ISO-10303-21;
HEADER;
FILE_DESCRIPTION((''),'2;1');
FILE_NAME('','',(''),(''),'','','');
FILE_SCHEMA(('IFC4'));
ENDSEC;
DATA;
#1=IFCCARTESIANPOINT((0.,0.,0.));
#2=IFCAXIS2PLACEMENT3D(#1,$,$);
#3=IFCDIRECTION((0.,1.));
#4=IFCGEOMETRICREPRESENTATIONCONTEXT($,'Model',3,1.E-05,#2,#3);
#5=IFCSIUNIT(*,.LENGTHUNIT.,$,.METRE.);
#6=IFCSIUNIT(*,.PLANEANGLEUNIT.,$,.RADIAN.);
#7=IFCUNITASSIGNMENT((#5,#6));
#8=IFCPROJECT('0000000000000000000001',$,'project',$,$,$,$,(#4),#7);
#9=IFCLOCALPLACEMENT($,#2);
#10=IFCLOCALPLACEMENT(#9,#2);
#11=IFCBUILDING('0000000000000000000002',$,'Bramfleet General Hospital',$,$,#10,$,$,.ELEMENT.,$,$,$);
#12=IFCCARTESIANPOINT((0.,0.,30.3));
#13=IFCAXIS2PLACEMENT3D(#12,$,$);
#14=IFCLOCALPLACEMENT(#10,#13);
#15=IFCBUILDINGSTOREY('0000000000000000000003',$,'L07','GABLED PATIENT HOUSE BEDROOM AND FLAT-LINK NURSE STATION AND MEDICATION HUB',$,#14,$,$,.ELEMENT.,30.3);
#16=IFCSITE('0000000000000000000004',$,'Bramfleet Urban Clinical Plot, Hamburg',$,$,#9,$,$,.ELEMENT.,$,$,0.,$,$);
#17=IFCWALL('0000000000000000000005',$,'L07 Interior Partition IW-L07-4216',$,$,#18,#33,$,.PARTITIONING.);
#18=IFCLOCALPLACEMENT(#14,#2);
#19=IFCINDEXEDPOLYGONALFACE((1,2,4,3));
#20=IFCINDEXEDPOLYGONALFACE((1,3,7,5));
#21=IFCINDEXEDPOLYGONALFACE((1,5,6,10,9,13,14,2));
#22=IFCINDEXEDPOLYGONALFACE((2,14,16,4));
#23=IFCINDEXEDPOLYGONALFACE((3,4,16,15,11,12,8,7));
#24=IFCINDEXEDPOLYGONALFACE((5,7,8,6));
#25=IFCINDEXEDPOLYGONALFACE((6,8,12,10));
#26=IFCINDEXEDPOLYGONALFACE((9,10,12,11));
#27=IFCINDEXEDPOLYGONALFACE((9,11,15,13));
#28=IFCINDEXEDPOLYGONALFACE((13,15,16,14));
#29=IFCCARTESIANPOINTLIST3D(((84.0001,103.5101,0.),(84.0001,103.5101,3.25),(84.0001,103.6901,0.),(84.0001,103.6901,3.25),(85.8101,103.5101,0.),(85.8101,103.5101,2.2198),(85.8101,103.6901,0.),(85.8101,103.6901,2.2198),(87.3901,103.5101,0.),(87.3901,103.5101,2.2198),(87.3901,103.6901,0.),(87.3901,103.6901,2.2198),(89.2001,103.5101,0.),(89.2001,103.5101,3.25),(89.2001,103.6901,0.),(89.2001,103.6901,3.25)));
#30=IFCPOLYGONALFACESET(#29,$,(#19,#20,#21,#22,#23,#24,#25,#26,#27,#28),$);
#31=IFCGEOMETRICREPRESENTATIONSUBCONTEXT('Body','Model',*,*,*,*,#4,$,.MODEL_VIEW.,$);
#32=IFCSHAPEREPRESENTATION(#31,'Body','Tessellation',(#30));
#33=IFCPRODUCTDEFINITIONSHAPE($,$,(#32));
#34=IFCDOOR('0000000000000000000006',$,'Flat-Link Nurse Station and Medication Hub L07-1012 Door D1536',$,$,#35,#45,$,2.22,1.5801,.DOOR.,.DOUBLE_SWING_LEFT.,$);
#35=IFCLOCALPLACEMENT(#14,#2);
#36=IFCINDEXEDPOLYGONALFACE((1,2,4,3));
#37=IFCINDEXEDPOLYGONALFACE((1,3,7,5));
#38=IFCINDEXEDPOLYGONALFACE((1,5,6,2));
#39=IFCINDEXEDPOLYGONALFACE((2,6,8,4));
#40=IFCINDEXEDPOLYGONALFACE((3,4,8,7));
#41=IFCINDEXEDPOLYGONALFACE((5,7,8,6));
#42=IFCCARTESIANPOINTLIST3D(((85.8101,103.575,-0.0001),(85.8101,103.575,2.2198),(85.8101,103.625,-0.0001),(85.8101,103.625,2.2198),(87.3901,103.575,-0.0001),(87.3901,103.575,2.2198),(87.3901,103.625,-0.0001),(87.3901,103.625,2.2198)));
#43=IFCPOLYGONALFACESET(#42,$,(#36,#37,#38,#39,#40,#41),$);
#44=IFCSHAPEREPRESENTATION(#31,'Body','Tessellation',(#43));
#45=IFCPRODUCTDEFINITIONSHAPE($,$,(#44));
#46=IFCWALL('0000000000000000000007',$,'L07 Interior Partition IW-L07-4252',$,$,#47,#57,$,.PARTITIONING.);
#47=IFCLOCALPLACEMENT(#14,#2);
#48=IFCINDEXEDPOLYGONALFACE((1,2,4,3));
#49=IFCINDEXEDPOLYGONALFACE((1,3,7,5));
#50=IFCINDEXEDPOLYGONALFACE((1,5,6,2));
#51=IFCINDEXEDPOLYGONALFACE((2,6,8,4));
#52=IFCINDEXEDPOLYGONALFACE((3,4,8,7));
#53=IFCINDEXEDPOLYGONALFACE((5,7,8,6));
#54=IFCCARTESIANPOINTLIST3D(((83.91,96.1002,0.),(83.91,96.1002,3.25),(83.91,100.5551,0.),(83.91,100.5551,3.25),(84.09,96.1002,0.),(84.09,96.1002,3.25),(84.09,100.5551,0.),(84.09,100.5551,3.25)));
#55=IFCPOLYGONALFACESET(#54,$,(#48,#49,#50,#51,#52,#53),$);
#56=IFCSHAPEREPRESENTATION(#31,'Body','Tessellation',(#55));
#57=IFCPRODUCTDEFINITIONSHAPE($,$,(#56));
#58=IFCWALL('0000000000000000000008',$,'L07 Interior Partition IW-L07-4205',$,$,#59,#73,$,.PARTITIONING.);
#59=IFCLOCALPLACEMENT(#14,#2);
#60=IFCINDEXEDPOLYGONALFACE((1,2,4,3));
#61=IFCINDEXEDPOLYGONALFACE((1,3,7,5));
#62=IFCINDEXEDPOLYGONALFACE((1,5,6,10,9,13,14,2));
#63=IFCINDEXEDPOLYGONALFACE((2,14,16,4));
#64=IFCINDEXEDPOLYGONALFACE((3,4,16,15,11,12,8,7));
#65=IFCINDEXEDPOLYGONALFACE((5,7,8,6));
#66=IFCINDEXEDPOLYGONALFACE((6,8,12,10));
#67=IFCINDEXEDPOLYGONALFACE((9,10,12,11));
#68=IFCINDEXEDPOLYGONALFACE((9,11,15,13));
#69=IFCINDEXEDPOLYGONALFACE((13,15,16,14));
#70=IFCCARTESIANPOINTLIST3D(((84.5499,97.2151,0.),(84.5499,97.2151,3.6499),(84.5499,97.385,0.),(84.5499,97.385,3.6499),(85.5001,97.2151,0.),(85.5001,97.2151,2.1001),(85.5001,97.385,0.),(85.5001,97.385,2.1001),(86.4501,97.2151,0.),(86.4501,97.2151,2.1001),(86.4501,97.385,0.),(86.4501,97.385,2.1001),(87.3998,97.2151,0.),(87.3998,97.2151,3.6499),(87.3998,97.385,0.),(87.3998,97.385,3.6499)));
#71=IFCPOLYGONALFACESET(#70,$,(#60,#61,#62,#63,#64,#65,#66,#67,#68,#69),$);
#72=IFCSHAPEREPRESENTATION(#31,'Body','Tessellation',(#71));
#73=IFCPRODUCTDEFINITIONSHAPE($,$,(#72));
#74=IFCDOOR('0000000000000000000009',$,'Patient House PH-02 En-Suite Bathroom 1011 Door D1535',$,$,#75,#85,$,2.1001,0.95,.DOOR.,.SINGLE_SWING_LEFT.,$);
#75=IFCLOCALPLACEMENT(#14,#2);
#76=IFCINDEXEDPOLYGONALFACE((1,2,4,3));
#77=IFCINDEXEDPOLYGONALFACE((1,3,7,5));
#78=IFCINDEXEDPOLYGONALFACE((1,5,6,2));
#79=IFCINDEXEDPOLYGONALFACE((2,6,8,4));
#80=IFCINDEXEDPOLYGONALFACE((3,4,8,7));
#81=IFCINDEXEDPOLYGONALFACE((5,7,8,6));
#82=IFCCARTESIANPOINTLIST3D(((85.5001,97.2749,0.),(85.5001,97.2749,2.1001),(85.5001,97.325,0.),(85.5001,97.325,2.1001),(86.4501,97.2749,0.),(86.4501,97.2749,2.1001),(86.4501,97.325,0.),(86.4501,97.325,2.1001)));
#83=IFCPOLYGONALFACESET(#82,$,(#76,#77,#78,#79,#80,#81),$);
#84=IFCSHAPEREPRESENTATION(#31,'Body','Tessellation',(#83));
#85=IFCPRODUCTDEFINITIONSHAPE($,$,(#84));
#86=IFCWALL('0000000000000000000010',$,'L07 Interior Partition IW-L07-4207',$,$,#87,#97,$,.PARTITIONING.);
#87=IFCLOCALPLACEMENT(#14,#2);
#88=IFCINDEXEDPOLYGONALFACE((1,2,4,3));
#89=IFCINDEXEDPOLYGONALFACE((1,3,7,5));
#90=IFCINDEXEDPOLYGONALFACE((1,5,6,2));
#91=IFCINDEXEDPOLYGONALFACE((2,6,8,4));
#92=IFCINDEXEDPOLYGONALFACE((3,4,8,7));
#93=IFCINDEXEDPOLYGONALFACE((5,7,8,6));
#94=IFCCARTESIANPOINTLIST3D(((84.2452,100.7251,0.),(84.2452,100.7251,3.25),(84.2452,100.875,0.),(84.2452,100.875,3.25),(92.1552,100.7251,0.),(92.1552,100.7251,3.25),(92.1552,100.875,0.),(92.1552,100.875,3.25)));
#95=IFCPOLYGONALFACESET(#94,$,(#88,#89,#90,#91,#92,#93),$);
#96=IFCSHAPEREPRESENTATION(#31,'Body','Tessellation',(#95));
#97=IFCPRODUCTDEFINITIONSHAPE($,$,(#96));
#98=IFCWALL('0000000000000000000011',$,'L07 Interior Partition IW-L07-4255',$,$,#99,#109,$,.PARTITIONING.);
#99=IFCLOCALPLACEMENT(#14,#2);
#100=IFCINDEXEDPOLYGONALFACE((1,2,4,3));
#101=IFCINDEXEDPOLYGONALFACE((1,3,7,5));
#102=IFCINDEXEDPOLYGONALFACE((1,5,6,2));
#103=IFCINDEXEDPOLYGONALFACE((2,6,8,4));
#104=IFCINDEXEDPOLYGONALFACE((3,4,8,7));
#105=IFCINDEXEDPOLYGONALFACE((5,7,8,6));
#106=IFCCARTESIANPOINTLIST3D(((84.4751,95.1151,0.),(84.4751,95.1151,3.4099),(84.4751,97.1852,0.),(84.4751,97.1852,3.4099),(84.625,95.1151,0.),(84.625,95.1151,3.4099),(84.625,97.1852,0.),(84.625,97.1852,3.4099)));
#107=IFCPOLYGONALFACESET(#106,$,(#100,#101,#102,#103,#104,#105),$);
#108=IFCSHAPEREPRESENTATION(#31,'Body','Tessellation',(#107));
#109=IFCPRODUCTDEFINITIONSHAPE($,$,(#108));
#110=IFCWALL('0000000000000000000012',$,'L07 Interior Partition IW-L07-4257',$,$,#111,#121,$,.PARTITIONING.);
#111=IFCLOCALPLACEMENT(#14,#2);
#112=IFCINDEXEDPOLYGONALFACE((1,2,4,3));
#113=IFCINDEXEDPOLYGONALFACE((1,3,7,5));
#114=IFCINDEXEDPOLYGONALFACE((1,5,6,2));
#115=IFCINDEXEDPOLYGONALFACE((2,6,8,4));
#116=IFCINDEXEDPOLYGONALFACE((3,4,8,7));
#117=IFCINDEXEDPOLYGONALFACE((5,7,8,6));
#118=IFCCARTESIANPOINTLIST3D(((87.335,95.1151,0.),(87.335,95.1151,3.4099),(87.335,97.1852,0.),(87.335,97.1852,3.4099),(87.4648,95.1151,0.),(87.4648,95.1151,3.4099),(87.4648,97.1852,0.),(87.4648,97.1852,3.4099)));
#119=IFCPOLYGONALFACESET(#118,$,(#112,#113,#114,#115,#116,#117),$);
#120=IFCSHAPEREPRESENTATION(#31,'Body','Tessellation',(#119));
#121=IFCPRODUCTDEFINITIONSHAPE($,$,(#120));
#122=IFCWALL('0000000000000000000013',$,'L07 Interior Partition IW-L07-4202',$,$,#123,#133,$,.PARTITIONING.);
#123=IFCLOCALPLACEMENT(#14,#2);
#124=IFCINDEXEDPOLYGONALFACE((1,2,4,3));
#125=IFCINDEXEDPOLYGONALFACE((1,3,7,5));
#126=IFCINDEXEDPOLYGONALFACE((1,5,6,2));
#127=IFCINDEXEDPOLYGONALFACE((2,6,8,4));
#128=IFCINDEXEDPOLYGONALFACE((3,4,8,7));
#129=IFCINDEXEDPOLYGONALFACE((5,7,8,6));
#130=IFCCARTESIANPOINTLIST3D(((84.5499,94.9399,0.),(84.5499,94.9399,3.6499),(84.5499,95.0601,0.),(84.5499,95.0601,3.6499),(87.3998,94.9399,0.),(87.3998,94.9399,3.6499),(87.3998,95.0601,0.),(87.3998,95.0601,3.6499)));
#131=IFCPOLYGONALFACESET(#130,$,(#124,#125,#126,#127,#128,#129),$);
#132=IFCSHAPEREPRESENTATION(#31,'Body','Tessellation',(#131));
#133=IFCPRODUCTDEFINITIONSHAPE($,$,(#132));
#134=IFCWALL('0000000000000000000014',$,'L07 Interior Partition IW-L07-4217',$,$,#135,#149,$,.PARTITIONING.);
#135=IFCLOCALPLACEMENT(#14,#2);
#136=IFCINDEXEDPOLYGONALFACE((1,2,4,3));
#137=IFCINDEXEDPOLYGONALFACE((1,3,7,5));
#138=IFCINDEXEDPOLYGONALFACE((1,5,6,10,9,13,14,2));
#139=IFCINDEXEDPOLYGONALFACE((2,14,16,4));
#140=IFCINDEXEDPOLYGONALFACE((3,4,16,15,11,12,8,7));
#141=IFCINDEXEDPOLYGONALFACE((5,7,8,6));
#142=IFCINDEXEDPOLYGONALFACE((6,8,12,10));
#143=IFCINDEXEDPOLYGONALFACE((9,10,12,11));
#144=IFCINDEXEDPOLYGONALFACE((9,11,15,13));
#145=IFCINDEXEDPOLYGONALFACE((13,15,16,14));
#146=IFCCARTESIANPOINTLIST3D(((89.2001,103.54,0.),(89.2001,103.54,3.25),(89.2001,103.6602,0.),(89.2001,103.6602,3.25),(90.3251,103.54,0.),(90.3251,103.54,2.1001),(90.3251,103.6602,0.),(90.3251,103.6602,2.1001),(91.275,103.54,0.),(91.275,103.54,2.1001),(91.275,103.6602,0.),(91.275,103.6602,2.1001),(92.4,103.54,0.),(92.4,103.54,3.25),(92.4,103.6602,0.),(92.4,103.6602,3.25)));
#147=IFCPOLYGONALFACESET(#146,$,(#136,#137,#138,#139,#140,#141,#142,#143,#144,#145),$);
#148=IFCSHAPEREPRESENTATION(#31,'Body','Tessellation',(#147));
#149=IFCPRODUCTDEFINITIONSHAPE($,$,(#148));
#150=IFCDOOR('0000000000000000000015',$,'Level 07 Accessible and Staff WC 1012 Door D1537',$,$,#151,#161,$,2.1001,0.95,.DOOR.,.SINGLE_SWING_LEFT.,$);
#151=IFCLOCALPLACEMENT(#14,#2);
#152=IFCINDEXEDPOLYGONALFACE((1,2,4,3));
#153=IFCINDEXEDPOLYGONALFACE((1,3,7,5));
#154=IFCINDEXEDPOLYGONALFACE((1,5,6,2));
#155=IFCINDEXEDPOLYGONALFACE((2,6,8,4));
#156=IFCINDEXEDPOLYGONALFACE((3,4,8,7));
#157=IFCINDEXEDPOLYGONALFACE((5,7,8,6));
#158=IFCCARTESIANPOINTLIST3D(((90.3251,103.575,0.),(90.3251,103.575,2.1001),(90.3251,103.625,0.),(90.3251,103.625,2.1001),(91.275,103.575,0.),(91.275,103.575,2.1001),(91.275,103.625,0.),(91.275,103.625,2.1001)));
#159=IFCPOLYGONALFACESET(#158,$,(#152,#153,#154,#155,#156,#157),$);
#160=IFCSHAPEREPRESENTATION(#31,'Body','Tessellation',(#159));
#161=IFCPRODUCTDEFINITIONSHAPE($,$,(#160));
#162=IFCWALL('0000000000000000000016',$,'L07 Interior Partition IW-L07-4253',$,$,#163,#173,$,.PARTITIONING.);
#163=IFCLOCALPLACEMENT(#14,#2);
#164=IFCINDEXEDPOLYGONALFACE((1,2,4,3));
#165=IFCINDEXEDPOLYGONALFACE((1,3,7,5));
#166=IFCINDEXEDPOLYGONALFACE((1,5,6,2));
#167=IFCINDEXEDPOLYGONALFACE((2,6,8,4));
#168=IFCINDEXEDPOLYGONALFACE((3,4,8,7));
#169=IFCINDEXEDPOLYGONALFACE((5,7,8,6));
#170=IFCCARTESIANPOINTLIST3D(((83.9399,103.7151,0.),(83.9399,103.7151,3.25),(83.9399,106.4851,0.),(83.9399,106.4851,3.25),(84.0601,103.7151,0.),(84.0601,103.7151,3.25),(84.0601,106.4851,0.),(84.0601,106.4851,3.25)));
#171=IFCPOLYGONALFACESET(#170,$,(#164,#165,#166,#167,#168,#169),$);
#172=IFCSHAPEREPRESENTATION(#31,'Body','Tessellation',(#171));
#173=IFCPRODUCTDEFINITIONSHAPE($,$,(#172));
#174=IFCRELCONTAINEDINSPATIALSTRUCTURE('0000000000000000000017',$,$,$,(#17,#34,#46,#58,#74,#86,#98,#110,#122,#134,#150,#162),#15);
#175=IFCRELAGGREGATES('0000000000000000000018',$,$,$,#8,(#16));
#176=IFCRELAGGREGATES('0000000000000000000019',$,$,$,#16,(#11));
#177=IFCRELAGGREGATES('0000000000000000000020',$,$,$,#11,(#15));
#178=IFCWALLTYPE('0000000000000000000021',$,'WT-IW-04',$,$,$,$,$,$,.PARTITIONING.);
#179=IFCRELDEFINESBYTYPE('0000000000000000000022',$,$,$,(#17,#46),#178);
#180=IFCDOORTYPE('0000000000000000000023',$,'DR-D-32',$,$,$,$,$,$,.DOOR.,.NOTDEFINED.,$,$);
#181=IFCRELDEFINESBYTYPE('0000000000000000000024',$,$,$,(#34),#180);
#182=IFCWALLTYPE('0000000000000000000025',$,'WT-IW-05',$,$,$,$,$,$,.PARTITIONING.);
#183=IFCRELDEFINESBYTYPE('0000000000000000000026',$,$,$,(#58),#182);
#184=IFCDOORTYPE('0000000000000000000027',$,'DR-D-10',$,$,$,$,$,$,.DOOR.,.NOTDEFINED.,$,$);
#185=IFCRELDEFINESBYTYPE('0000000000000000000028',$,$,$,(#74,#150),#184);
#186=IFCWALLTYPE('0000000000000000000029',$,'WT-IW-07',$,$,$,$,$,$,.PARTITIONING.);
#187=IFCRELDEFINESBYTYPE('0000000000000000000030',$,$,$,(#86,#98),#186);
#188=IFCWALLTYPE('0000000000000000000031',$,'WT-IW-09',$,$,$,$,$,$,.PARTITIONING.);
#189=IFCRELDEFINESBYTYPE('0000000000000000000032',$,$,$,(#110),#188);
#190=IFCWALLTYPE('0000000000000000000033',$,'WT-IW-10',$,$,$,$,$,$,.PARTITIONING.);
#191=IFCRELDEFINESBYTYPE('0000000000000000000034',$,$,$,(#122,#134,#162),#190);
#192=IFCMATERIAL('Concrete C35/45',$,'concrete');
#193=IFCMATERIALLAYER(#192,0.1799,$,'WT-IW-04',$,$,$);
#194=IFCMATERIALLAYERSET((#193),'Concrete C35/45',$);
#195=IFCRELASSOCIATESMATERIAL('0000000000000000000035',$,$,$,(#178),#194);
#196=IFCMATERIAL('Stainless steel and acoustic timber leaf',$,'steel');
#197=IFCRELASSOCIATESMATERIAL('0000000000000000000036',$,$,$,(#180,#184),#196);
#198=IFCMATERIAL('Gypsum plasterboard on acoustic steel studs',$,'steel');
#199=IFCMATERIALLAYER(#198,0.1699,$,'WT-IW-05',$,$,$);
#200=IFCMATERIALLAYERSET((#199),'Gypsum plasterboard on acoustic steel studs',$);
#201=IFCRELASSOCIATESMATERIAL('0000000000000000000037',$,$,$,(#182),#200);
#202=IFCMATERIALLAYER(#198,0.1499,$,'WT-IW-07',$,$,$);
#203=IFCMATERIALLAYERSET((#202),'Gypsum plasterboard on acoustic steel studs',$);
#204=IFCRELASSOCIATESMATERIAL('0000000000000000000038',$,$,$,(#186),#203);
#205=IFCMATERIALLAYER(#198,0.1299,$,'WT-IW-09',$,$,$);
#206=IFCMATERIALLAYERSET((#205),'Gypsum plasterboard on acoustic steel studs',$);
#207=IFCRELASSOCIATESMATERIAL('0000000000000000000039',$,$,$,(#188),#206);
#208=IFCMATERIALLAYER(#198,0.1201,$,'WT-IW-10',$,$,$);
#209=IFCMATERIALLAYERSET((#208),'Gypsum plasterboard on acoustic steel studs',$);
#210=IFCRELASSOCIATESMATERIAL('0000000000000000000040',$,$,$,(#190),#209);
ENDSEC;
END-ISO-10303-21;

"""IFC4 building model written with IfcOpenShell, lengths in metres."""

from ifc_helpers import new_model, si_unit, direction, frame, frame_2d, origin, place, context, subcontext, project, spatial, rectangle, extrude, material, layer, layer_set, type_object, element, fill, save


model = new_model("IFC4")

# Units and contexts
model_context = context("Model", 3, precision=1e-05, world=origin(), true_north=direction((0.0, 1.0)))
body_context = subcontext(model_context, "Body", "Model", "MODEL_VIEW")
ifc_project = project(units=[si_unit("LENGTHUNIT", "METRE"), si_unit("PLANEANGLEUNIT", "RADIAN")], contexts=[model_context])

# Site, building, storey
site_placement = place(None, origin())
site = spatial("IfcSite", under=ifc_project, at=site_placement, Name="Bramfleet Urban Clinical Plot, Hamburg", CompositionType="ELEMENT", RefElevation=0.0)
building_placement = place(site_placement, origin())
building = spatial("IfcBuilding", under=site, at=building_placement, Name="Bramfleet General Hospital", CompositionType="ELEMENT")
storey_placement = place(building_placement, frame((0.0, 0.0, 30.3)))
storey = spatial("IfcBuildingStorey", under=building, at=storey_placement, Name="L07", Description="GABLED PATIENT HOUSE BEDROOM AND FLAT-LINK NURSE STATION AND MEDICATION HUB", CompositionType="ELEMENT", Elevation=30.3)

# Shared definitions
ifc_material_1 = material(Name="Concrete C35/45", Category="concrete")

# Wall, opening, door
ifc_material_2 = material(Name="Stainless steel and acoustic timber leaf", Category="steel")
ifc_layer_1 = layer(ifc_material_1, 0.1799, Name="WT-IW-04")
ifc_layer_set_1 = layer_set([ifc_layer_1], Name="Concrete C35/45")
wall_type_1 = type_object("IfcWallType", Name="WT-IW-04", PredefinedType="PARTITIONING", material=ifc_layer_set_1)
wall_1_placement = place(storey_placement, frame((84.0, 103.6001, 0.0), z_axis=(0.0, 0.0, 1.0), x_axis=(1.0, 0.0, 0.0)))
wall_1 = element("IfcWall", 1, at=wall_1_placement, inside=storey, type_object=wall_type_1, Name="L07 Interior Partition IW-L07-4216", PredefinedType="PARTITIONING", context=body_context, shape_type="SweptSolid", body=[
    extrude(rectangle(XDim=5.2, YDim=0.1799, at=frame_2d((2.6001, 0.0))), origin(), (0.0, 0.0, 1.0), 3.25),
])
opening_1_placement = place(wall_1_placement, frame((1.8101, 0.0, 0.0)))
opening_1 = element("IfcOpeningElement", 2, at=opening_1_placement, cuts=wall_1, PredefinedType="OPENING", context=body_context, shape_type="SweptSolid", body=[
    extrude(rectangle(XDim=1.5801, YDim=2.22, at=frame_2d((0.79, 1.1099))), frame((0.0, 0.0999, 0.0), z_axis=(0.0, -1.0, 0.0), x_axis=(1.0, 0.0, 0.0)), (0.0, 0.0, 1.0), 0.2),
])
door_type_1 = type_object("IfcDoorType", Name="DR-D-32", OperationType="NOTDEFINED", PredefinedType="DOOR", material=ifc_material_2)
door_1_placement = place(opening_1_placement, origin())
door_1 = element("IfcDoor", 3, at=door_1_placement, inside=storey, type_object=door_type_1, Name="Flat-Link Nurse Station and Medication Hub L07-1012 Door D1536", OperationType="DOUBLE_SWING_LEFT", OverallHeight=2.22, OverallWidth=1.5801, PredefinedType="DOOR", context=body_context, shape_type="SweptSolid", body=[
    extrude(rectangle(XDim=1.5801, YDim=2.22, at=frame_2d((0.79, 1.1099))), frame((0.0, 0.0249, 0.0), z_axis=(0.0, -1.0, 0.0), x_axis=(1.0, 0.0, 0.0)), (0.0, 0.0, 1.0), 0.05),
])
fill(opening_1, door_1)

# Wall
wall_2_placement = place(storey_placement, frame((84.0, 96.1001, 0.0), z_axis=(0.0, 0.0, 1.0), x_axis=(0.0, 1.0, 0.0)))
element("IfcWall", 4, at=wall_2_placement, inside=storey, type_object=wall_type_1, Name="L07 Interior Partition IW-L07-4252", PredefinedType="PARTITIONING", context=body_context, shape_type="SweptSolid", body=[
    extrude(rectangle(XDim=4.4548, YDim=0.1799, at=frame_2d((2.2275, 0.0))), origin(), (0.0, 0.0, 1.0), 3.25),
])

# Wall, opening, door
ifc_material_3 = material(Name="Gypsum plasterboard on acoustic steel studs", Category="steel")
ifc_layer_2 = layer(ifc_material_3, 0.1699, Name="WT-IW-05")
ifc_layer_set_2 = layer_set([ifc_layer_2], Name="Gypsum plasterboard on acoustic steel studs")
wall_type_2 = type_object("IfcWallType", Name="WT-IW-05", PredefinedType="PARTITIONING", material=ifc_layer_set_2)
wall_3_placement = place(storey_placement, frame((84.55, 97.3, 0.0), z_axis=(0.0, 0.0, 1.0), x_axis=(1.0, 0.0, 0.0)))
wall_3 = element("IfcWall", 5, at=wall_3_placement, inside=storey, type_object=wall_type_2, Name="L07 Interior Partition IW-L07-4205", PredefinedType="PARTITIONING", context=body_context, shape_type="SweptSolid", body=[
    extrude(rectangle(XDim=2.8499, YDim=0.1699, at=frame_2d((1.4248, 0.0))), origin(), (0.0, 0.0, 1.0), 3.6499),
])
opening_2_placement = place(wall_3_placement, frame((0.95, 0.0, 0.0)))
opening_2 = element("IfcOpeningElement", 6, at=opening_2_placement, cuts=wall_3, PredefinedType="OPENING", context=body_context, shape_type="SweptSolid", body=[
    extrude(rectangle(XDim=0.95, YDim=2.1001, at=frame_2d((0.4751, 1.05))), frame((0.0, 0.095, 0.0), z_axis=(0.0, -1.0, 0.0), x_axis=(1.0, 0.0, 0.0)), (0.0, 0.0, 1.0), 0.1899),
])
door_type_2 = type_object("IfcDoorType", Name="DR-D-10", OperationType="NOTDEFINED", PredefinedType="DOOR", material=ifc_material_2)
door_2_placement = place(opening_2_placement, origin())
door_2 = element("IfcDoor", 7, at=door_2_placement, inside=storey, type_object=door_type_2, Name="Patient House PH-02 En-Suite Bathroom 1011 Door D1535", OperationType="SINGLE_SWING_LEFT", OverallHeight=2.1001, OverallWidth=0.95, PredefinedType="DOOR", context=body_context, shape_type="SweptSolid", body=[
    extrude(rectangle(XDim=0.95, YDim=2.1001, at=frame_2d((0.4751, 1.05))), frame((0.0, 0.0249, 0.0), z_axis=(0.0, -1.0, 0.0), x_axis=(1.0, 0.0, 0.0)), (0.0, 0.0, 1.0), 0.05),
])
fill(opening_2, door_2)

# Walls
ifc_layer_3 = layer(ifc_material_3, 0.1499, Name="WT-IW-07")
ifc_layer_set_3 = layer_set([ifc_layer_3], Name="Gypsum plasterboard on acoustic steel studs")
wall_type_3 = type_object("IfcWallType", Name="WT-IW-07", PredefinedType="PARTITIONING", material=ifc_layer_set_3)
wall_4_placement = place(storey_placement, frame((84.2451, 100.8, 0.0), z_axis=(0.0, 0.0, 1.0), x_axis=(1.0, 0.0, 0.0)))
element("IfcWall", 8, at=wall_4_placement, inside=storey, type_object=wall_type_3, Name="L07 Interior Partition IW-L07-4207", PredefinedType="PARTITIONING", context=body_context, shape_type="SweptSolid", body=[
    extrude(rectangle(XDim=7.9099, YDim=0.1499, at=frame_2d((3.9551, 0.0))), origin(), (0.0, 0.0, 1.0), 3.25),
])
wall_5_placement = place(storey_placement, frame((84.55, 95.115, 0.0), z_axis=(0.0, 0.0, 1.0), x_axis=(0.0, 1.0, 0.0)))
element("IfcWall", 9, at=wall_5_placement, inside=storey, type_object=wall_type_3, Name="L07 Interior Partition IW-L07-4255", PredefinedType="PARTITIONING", context=body_context, shape_type="SweptSolid", body=[
    extrude(rectangle(XDim=2.0701, YDim=0.1499, at=frame_2d((1.0352, 0.0))), origin(), (0.0, 0.0, 1.0), 3.4099),
])
ifc_layer_4 = layer(ifc_material_3, 0.1299, Name="WT-IW-09")
ifc_layer_set_4 = layer_set([ifc_layer_4], Name="Gypsum plasterboard on acoustic steel studs")
wall_type_4 = type_object("IfcWallType", Name="WT-IW-09", PredefinedType="PARTITIONING", material=ifc_layer_set_4)
wall_6_placement = place(storey_placement, frame((87.3999, 95.115, 0.0), z_axis=(0.0, 0.0, 1.0), x_axis=(0.0, 1.0, 0.0)))
element("IfcWall", 10, at=wall_6_placement, inside=storey, type_object=wall_type_4, Name="L07 Interior Partition IW-L07-4257", PredefinedType="PARTITIONING", context=body_context, shape_type="SweptSolid", body=[
    extrude(rectangle(XDim=2.0701, YDim=0.1299, at=frame_2d((1.0352, 0.0))), origin(), (0.0, 0.0, 1.0), 3.4099),
])
ifc_layer_5 = layer(ifc_material_3, 0.1201, Name="WT-IW-10")
ifc_layer_set_5 = layer_set([ifc_layer_5], Name="Gypsum plasterboard on acoustic steel studs")
wall_type_5 = type_object("IfcWallType", Name="WT-IW-10", PredefinedType="PARTITIONING", material=ifc_layer_set_5)
wall_7_placement = place(storey_placement, frame((84.55, 95.0, 0.0), z_axis=(0.0, 0.0, 1.0), x_axis=(1.0, 0.0, 0.0)))
element("IfcWall", 11, at=wall_7_placement, inside=storey, type_object=wall_type_5, Name="L07 Interior Partition IW-L07-4202", PredefinedType="PARTITIONING", context=body_context, shape_type="SweptSolid", body=[
    extrude(rectangle(XDim=2.8499, YDim=0.1201, at=frame_2d((1.4248, 0.0))), origin(), (0.0, 0.0, 1.0), 3.6499),
])

# Wall, opening, door
wall_8_placement = place(storey_placement, frame((89.2, 103.6001, 0.0), z_axis=(0.0, 0.0, 1.0), x_axis=(1.0, 0.0, 0.0)))
wall_8 = element("IfcWall", 12, at=wall_8_placement, inside=storey, type_object=wall_type_5, Name="L07 Interior Partition IW-L07-4217", PredefinedType="PARTITIONING", context=body_context, shape_type="SweptSolid", body=[
    extrude(rectangle(XDim=3.2, YDim=0.1201, at=frame_2d((1.6001, 0.0))), origin(), (0.0, 0.0, 1.0), 3.25),
])
opening_3_placement = place(wall_8_placement, frame((1.125, 0.0, 0.0)))
opening_3 = element("IfcOpeningElement", 13, at=opening_3_placement, cuts=wall_8, PredefinedType="OPENING", context=body_context, shape_type="SweptSolid", body=[
    extrude(rectangle(XDim=0.95, YDim=2.1001, at=frame_2d((0.4751, 1.05))), frame((0.0, 0.0701, 0.0), z_axis=(0.0, -1.0, 0.0), x_axis=(1.0, 0.0, 0.0)), (0.0, 0.0, 1.0), 0.1401),
])
door_3_placement = place(opening_3_placement, origin())
door_3 = element("IfcDoor", 14, at=door_3_placement, inside=storey, type_object=door_type_2, Name="Level 07 Accessible and Staff WC 1012 Door D1537", OperationType="SINGLE_SWING_LEFT", OverallHeight=2.1001, OverallWidth=0.95, PredefinedType="DOOR", context=body_context, shape_type="SweptSolid", body=[
    extrude(rectangle(XDim=0.95, YDim=2.1001, at=frame_2d((0.4751, 1.05))), frame((0.0, 0.0249, 0.0), z_axis=(0.0, -1.0, 0.0), x_axis=(1.0, 0.0, 0.0)), (0.0, 0.0, 1.0), 0.05),
])
fill(opening_3, door_3)

# Wall
wall_9_placement = place(storey_placement, frame((84.0, 103.7151, 0.0), z_axis=(0.0, 0.0, 1.0), x_axis=(0.0, 1.0, 0.0)))
element("IfcWall", 15, at=wall_9_placement, inside=storey, type_object=wall_type_5, Name="L07 Interior Partition IW-L07-4253", PredefinedType="PARTITIONING", context=body_context, shape_type="SweptSolid", body=[
    extrude(rectangle(XDim=2.77, YDim=0.1201, at=frame_2d((1.385, 0.0))), origin(), (0.0, 0.0, 1.0), 3.25),
])

save(model, "model.ifc")
